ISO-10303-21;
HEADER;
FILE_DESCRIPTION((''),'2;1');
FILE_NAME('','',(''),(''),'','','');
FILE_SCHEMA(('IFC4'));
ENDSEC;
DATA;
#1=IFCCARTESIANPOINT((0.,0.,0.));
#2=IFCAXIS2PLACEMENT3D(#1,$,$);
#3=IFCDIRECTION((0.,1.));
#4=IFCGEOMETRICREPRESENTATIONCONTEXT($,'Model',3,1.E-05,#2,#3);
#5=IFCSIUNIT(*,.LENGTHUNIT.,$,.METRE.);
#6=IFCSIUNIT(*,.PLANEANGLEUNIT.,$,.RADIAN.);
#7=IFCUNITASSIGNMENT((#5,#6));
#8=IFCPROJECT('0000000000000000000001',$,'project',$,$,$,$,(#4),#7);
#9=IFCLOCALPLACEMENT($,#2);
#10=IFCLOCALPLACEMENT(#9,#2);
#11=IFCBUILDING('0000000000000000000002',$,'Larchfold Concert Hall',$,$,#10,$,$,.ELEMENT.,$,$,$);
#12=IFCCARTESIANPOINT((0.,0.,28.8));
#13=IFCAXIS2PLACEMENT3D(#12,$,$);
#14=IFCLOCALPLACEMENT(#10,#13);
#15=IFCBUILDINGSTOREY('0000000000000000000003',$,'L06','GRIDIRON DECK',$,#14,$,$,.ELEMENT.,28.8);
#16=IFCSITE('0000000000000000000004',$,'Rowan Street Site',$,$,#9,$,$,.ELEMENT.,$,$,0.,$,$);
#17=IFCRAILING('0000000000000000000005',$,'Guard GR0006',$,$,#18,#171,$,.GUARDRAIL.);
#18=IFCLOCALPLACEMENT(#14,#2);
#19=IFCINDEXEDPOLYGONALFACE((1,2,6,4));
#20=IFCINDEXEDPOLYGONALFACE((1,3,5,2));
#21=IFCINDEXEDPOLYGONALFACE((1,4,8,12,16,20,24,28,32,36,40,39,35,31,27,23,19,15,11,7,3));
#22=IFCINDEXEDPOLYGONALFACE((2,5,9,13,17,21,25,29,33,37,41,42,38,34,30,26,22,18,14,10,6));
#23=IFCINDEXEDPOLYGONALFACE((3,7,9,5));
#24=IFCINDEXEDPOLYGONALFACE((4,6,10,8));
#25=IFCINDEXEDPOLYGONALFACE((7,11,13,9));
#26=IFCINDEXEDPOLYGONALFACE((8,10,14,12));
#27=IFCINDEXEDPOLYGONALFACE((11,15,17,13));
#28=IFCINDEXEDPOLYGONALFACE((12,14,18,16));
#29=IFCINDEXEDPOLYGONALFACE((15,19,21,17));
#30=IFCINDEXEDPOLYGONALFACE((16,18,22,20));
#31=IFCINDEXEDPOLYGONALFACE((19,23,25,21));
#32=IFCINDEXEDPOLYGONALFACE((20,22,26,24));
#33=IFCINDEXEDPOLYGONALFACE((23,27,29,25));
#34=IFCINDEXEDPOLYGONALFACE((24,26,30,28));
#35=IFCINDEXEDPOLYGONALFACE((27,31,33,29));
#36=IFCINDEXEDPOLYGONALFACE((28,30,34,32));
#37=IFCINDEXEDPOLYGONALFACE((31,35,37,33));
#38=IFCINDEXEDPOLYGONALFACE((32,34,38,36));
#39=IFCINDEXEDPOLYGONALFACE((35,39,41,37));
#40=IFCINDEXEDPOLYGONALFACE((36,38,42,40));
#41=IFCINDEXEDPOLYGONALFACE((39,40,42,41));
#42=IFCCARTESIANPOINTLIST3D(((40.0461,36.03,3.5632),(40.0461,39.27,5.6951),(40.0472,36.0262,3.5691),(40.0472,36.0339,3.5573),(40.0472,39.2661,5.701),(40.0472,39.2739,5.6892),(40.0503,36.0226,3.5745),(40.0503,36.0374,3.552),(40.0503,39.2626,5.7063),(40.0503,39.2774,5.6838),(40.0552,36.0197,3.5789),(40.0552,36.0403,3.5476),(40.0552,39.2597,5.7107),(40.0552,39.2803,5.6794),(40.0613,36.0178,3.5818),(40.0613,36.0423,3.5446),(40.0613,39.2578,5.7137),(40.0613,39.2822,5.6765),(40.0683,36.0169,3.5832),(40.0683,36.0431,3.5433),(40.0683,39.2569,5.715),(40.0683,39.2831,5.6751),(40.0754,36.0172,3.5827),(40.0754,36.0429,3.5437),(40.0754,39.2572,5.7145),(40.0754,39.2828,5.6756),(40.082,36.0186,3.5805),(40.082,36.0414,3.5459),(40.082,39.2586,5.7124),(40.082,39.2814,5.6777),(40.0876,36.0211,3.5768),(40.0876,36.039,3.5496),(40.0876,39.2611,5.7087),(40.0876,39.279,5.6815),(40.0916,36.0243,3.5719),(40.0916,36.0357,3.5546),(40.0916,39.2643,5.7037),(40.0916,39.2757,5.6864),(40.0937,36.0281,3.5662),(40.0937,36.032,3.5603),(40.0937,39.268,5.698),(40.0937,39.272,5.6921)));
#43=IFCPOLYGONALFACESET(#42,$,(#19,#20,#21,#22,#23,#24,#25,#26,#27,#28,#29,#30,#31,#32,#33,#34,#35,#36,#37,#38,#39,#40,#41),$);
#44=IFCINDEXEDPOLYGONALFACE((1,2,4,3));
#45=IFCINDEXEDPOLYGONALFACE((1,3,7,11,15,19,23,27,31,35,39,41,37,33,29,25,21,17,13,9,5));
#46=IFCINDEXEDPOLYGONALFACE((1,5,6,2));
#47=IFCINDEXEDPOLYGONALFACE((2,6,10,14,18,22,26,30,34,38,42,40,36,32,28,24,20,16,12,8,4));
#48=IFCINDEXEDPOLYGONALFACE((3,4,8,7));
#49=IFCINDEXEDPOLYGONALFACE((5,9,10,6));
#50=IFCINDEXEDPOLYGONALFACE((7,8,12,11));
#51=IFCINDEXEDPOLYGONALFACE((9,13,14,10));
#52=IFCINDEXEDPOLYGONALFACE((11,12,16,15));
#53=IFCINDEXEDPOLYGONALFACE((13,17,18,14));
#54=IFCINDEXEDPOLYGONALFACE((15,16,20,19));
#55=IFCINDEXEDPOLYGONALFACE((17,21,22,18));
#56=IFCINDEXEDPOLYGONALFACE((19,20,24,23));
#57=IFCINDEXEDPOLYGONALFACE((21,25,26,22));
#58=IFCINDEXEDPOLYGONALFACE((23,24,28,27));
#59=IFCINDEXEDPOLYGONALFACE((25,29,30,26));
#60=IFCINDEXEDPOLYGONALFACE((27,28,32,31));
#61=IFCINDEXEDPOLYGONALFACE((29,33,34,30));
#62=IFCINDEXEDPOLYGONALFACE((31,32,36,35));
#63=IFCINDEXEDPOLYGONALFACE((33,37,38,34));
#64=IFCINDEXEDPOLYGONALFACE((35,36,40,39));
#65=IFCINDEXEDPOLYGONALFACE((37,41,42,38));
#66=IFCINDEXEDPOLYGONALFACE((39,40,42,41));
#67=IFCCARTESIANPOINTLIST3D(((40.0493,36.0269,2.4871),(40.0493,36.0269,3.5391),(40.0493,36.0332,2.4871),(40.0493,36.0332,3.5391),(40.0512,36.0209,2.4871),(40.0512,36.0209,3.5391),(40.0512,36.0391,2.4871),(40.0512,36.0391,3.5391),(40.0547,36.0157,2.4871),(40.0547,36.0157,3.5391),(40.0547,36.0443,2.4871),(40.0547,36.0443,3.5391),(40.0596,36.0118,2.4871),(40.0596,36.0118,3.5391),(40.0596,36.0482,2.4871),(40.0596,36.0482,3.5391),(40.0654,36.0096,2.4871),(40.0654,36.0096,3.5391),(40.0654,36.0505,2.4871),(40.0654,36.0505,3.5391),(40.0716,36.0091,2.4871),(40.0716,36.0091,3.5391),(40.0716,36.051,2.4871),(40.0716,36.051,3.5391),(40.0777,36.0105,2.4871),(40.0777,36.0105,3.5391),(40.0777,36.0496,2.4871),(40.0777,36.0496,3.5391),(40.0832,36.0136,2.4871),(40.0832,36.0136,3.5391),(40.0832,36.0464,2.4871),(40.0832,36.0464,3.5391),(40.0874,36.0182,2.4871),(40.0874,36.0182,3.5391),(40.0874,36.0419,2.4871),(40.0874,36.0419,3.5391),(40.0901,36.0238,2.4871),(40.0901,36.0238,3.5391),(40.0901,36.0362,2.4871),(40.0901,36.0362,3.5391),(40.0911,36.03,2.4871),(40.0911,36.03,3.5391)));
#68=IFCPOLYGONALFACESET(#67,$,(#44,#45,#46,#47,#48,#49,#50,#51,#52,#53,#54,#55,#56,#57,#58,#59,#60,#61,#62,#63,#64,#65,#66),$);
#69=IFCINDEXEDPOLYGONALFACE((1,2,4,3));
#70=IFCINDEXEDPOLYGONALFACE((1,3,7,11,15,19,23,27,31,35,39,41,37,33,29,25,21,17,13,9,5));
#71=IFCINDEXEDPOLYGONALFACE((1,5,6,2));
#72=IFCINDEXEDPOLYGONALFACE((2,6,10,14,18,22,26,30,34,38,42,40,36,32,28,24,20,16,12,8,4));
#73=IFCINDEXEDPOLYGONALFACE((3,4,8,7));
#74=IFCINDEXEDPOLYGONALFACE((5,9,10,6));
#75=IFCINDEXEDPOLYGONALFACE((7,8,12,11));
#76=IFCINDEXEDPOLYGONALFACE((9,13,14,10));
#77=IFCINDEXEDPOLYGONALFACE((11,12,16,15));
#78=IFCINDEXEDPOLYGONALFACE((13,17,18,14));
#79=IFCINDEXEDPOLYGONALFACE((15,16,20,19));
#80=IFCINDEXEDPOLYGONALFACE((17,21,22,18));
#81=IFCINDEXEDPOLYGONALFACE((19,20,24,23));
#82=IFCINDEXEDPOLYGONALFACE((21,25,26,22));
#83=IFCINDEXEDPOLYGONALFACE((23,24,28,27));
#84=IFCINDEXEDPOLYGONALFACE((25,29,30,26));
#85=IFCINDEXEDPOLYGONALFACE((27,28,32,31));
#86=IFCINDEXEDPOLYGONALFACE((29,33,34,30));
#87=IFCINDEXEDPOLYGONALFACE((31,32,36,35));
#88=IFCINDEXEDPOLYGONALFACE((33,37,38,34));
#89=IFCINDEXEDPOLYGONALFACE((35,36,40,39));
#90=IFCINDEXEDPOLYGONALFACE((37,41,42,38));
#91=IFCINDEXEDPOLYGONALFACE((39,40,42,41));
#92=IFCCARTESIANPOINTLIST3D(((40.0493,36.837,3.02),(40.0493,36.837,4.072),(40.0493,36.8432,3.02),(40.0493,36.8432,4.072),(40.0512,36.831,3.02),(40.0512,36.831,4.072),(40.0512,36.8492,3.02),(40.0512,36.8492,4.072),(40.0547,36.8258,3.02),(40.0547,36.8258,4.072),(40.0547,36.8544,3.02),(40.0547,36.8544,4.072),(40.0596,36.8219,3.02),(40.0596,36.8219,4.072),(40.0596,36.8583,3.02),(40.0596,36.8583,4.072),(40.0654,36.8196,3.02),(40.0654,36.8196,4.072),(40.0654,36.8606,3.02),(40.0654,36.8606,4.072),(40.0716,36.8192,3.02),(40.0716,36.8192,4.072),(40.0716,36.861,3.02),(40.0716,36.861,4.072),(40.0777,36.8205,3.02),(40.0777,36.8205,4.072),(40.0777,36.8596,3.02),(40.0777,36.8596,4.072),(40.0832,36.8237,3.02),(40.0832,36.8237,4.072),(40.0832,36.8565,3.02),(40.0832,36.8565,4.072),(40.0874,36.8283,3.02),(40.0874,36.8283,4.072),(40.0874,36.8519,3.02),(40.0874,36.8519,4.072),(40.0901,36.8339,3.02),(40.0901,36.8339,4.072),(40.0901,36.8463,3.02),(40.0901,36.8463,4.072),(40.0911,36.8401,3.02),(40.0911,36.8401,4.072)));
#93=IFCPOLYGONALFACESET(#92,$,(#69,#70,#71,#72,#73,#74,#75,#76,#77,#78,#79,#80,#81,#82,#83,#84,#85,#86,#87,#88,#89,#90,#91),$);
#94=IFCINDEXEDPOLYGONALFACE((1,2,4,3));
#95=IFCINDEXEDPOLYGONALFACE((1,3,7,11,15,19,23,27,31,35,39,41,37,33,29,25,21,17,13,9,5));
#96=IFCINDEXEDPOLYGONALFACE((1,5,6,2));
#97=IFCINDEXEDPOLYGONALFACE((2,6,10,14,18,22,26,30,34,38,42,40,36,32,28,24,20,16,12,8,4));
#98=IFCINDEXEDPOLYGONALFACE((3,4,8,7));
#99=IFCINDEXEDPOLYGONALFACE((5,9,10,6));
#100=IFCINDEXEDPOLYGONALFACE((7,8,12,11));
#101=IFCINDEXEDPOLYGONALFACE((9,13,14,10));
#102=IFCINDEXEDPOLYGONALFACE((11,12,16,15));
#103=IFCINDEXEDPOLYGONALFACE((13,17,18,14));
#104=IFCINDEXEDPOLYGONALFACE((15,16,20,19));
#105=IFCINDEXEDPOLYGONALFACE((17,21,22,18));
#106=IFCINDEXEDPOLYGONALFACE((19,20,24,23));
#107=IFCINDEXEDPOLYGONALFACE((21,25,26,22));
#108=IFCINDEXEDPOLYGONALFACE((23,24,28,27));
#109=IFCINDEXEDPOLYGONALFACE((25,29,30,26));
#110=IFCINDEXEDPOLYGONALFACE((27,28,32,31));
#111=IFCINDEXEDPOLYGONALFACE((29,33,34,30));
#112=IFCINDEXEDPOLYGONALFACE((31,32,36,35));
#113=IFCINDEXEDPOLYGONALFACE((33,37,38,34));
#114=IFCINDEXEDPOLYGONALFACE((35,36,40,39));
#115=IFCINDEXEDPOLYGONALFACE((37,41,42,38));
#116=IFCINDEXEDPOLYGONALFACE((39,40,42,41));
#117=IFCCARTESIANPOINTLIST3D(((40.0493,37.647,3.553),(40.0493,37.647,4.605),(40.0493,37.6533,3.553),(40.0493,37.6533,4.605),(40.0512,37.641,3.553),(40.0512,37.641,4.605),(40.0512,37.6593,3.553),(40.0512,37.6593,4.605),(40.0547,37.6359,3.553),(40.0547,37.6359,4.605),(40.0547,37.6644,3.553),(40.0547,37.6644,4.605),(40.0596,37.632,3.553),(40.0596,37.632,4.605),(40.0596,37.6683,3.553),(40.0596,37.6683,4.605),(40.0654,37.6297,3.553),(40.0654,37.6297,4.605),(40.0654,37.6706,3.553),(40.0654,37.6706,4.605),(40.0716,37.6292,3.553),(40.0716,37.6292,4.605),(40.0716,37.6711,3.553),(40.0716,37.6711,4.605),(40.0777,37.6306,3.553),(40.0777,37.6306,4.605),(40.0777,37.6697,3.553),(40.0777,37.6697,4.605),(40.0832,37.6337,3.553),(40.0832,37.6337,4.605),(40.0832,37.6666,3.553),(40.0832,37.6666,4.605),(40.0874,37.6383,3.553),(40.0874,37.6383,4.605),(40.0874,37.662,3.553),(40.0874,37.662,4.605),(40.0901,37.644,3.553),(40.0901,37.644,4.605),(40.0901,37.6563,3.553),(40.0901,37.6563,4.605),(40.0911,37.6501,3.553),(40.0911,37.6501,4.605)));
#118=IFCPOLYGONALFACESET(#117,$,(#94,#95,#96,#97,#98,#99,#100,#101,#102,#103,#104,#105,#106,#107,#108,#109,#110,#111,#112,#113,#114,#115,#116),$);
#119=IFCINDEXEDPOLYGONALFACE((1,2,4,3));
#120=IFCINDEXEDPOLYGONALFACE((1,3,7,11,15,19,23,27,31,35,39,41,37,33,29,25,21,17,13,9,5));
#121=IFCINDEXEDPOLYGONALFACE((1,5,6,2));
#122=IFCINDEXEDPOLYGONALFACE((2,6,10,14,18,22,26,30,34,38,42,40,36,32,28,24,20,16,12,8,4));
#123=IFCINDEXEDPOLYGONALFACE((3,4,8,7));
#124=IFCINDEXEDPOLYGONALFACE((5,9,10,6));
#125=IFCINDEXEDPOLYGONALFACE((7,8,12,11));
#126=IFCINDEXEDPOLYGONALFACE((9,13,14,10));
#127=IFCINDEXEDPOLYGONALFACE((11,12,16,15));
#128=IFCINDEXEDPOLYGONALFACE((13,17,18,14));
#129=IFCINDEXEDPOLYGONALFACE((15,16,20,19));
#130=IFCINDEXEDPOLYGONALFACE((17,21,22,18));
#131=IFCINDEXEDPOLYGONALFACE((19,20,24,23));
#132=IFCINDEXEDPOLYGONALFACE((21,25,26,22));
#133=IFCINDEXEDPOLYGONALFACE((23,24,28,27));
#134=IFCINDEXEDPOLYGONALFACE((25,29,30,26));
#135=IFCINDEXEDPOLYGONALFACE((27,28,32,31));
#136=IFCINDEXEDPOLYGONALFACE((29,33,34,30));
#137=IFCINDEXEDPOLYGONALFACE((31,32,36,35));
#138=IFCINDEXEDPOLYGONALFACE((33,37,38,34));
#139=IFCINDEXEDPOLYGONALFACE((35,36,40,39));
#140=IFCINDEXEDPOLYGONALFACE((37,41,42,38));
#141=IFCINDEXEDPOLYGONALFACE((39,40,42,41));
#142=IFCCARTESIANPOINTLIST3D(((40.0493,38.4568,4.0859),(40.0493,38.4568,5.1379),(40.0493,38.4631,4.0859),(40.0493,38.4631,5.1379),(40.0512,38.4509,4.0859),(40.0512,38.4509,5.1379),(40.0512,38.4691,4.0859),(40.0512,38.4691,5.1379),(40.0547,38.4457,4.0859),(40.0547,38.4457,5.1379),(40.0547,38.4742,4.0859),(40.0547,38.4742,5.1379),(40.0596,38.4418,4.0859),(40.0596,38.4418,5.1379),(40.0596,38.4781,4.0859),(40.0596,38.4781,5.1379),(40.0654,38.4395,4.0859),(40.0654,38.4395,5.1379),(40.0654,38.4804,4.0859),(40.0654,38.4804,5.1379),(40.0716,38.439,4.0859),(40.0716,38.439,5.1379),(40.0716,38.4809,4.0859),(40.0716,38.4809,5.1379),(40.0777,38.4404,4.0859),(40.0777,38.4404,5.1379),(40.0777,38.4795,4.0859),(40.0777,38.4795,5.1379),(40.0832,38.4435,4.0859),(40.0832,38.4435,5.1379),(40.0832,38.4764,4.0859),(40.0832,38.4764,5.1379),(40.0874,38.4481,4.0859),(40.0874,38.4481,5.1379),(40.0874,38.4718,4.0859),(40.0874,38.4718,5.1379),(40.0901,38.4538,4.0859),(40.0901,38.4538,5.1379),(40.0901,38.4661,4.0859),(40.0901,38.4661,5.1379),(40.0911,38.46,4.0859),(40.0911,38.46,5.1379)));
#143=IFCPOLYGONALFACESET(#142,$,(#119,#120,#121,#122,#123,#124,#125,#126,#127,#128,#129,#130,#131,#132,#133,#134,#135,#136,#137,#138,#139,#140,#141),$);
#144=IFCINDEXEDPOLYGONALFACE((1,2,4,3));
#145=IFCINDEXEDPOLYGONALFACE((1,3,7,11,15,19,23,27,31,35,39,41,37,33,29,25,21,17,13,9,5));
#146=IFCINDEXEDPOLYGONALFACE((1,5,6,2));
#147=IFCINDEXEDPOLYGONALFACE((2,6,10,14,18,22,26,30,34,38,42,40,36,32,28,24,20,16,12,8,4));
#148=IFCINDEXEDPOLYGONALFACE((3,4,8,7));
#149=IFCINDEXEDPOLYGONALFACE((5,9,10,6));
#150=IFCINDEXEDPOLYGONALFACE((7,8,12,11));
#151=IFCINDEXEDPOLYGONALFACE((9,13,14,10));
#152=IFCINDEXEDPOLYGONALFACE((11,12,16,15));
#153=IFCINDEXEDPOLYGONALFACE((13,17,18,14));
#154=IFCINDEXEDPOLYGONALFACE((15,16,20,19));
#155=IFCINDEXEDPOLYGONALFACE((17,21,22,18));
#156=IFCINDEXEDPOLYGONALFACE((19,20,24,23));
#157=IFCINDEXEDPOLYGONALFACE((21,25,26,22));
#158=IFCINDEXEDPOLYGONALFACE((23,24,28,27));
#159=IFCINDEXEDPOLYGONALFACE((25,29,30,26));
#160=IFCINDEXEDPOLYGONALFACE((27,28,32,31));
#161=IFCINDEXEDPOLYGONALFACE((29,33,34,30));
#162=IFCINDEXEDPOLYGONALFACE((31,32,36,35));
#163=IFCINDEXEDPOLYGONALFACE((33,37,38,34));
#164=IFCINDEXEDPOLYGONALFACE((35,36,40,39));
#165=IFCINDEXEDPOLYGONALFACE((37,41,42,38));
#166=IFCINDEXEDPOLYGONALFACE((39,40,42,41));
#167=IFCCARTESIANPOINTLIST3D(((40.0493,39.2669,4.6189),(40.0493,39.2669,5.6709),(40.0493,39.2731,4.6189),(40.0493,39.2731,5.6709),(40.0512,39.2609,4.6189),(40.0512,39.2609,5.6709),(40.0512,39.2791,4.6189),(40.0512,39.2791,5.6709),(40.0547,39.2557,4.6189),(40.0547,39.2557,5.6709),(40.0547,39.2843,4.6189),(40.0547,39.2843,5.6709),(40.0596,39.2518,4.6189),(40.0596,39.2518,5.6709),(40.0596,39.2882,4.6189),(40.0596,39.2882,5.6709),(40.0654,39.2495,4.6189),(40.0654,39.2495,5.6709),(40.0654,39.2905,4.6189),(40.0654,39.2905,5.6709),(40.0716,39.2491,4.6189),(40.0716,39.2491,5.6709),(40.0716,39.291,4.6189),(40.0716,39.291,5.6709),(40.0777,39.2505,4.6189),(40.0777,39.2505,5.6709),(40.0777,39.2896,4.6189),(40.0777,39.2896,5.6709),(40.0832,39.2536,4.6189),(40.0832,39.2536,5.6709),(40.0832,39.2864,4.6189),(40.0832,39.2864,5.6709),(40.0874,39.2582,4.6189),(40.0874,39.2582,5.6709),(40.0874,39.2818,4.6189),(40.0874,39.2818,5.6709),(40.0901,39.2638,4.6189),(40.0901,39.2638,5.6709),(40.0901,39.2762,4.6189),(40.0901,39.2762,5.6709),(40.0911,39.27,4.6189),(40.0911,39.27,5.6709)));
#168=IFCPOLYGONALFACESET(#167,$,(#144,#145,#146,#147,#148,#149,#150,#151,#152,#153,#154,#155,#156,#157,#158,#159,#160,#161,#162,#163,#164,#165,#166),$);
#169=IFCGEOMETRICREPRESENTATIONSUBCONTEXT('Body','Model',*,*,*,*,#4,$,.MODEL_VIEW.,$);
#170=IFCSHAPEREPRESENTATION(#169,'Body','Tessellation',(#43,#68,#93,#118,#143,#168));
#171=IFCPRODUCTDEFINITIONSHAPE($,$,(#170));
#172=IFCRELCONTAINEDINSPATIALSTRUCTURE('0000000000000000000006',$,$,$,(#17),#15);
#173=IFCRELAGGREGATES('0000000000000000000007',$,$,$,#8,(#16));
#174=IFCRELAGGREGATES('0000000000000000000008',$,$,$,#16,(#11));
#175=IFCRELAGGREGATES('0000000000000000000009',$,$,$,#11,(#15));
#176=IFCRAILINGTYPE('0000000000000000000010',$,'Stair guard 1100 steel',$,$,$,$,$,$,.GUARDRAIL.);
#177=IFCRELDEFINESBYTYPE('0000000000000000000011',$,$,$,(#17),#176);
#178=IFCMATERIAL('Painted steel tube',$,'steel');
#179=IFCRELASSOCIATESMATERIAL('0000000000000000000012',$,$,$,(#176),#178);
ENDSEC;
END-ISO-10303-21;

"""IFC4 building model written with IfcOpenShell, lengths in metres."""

from ifc_helpers import new_model, si_unit, direction, frame, origin, origin_2d, place, context, subcontext, project, spatial, circle, extrude, material, type_object, element, save


model = new_model("IFC4")

# Units and contexts
model_context = context("Model", 3, precision=1e-05, world=origin(), true_north=direction((0.0, 1.0)))
body_context = subcontext(model_context, "Body", "Model", "MODEL_VIEW")
ifc_project = project(units=[si_unit("LENGTHUNIT", "METRE"), si_unit("PLANEANGLEUNIT", "RADIAN")], contexts=[model_context])

# Site, building, storey
site_placement = place(None, origin())
site = spatial("IfcSite", under=ifc_project, at=site_placement, Name="Rowan Street Site", CompositionType="ELEMENT", RefElevation=0.0)
building_placement = place(site_placement, origin())
building = spatial("IfcBuilding", under=site, at=building_placement, Name="Larchfold Concert Hall", CompositionType="ELEMENT")
storey_placement = place(building_placement, frame((0.0, 0.0, 28.8)))
storey = spatial("IfcBuildingStorey", under=building, at=storey_placement, Name="L06", Description="GRIDIRON DECK", CompositionType="ELEMENT", Elevation=28.8)

# Railing
ifc_material_1 = material(Name="Painted steel tube", Category="steel")
railing_type_1 = type_object("IfcRailingType", Name="Stair guard 1100 steel", PredefinedType="GUARDRAIL", material=ifc_material_1)
for number, where, name in (
    (1, (40.0701, 36.03, 2.4871), "Guard GR0006"),
):
    element("IfcRailing", number, at=place(storey_placement, frame(where)), inside=storey, type_object=railing_type_1, Name=name, PredefinedType="GUARDRAIL", context=body_context, shape_type="SweptSolid", body=[
        extrude(circle(Radius=0.0239, at=origin_2d()), frame((0.0, 0.0, 1.0762), z_axis=(0.0, 0.835386, 0.549664), x_axis=(-1.0, 0.0, 0.0)), (0.0, 0.0, 1.0), 3.8784),
        extrude(circle(Radius=0.021, at=origin_2d()), origin(), (0.0, 0.0, 1.0), 1.052),
        extrude(circle(Radius=0.021, at=origin_2d()), frame((0.0, 0.8101, 0.533)), (0.0, 0.0, 1.0), 1.052),
        extrude(circle(Radius=0.021, at=origin_2d()), frame((0.0, 1.6201, 1.0659)), (0.0, 0.0, 1.0), 1.052),
        extrude(circle(Radius=0.021, at=origin_2d()), frame((0.0, 2.4299, 1.5989)), (0.0, 0.0, 1.0), 1.052),
        extrude(circle(Radius=0.021, at=origin_2d()), frame((0.0, 3.24, 2.1318)), (0.0, 0.0, 1.0), 1.052),
    ])

save(model, "model.ifc")
